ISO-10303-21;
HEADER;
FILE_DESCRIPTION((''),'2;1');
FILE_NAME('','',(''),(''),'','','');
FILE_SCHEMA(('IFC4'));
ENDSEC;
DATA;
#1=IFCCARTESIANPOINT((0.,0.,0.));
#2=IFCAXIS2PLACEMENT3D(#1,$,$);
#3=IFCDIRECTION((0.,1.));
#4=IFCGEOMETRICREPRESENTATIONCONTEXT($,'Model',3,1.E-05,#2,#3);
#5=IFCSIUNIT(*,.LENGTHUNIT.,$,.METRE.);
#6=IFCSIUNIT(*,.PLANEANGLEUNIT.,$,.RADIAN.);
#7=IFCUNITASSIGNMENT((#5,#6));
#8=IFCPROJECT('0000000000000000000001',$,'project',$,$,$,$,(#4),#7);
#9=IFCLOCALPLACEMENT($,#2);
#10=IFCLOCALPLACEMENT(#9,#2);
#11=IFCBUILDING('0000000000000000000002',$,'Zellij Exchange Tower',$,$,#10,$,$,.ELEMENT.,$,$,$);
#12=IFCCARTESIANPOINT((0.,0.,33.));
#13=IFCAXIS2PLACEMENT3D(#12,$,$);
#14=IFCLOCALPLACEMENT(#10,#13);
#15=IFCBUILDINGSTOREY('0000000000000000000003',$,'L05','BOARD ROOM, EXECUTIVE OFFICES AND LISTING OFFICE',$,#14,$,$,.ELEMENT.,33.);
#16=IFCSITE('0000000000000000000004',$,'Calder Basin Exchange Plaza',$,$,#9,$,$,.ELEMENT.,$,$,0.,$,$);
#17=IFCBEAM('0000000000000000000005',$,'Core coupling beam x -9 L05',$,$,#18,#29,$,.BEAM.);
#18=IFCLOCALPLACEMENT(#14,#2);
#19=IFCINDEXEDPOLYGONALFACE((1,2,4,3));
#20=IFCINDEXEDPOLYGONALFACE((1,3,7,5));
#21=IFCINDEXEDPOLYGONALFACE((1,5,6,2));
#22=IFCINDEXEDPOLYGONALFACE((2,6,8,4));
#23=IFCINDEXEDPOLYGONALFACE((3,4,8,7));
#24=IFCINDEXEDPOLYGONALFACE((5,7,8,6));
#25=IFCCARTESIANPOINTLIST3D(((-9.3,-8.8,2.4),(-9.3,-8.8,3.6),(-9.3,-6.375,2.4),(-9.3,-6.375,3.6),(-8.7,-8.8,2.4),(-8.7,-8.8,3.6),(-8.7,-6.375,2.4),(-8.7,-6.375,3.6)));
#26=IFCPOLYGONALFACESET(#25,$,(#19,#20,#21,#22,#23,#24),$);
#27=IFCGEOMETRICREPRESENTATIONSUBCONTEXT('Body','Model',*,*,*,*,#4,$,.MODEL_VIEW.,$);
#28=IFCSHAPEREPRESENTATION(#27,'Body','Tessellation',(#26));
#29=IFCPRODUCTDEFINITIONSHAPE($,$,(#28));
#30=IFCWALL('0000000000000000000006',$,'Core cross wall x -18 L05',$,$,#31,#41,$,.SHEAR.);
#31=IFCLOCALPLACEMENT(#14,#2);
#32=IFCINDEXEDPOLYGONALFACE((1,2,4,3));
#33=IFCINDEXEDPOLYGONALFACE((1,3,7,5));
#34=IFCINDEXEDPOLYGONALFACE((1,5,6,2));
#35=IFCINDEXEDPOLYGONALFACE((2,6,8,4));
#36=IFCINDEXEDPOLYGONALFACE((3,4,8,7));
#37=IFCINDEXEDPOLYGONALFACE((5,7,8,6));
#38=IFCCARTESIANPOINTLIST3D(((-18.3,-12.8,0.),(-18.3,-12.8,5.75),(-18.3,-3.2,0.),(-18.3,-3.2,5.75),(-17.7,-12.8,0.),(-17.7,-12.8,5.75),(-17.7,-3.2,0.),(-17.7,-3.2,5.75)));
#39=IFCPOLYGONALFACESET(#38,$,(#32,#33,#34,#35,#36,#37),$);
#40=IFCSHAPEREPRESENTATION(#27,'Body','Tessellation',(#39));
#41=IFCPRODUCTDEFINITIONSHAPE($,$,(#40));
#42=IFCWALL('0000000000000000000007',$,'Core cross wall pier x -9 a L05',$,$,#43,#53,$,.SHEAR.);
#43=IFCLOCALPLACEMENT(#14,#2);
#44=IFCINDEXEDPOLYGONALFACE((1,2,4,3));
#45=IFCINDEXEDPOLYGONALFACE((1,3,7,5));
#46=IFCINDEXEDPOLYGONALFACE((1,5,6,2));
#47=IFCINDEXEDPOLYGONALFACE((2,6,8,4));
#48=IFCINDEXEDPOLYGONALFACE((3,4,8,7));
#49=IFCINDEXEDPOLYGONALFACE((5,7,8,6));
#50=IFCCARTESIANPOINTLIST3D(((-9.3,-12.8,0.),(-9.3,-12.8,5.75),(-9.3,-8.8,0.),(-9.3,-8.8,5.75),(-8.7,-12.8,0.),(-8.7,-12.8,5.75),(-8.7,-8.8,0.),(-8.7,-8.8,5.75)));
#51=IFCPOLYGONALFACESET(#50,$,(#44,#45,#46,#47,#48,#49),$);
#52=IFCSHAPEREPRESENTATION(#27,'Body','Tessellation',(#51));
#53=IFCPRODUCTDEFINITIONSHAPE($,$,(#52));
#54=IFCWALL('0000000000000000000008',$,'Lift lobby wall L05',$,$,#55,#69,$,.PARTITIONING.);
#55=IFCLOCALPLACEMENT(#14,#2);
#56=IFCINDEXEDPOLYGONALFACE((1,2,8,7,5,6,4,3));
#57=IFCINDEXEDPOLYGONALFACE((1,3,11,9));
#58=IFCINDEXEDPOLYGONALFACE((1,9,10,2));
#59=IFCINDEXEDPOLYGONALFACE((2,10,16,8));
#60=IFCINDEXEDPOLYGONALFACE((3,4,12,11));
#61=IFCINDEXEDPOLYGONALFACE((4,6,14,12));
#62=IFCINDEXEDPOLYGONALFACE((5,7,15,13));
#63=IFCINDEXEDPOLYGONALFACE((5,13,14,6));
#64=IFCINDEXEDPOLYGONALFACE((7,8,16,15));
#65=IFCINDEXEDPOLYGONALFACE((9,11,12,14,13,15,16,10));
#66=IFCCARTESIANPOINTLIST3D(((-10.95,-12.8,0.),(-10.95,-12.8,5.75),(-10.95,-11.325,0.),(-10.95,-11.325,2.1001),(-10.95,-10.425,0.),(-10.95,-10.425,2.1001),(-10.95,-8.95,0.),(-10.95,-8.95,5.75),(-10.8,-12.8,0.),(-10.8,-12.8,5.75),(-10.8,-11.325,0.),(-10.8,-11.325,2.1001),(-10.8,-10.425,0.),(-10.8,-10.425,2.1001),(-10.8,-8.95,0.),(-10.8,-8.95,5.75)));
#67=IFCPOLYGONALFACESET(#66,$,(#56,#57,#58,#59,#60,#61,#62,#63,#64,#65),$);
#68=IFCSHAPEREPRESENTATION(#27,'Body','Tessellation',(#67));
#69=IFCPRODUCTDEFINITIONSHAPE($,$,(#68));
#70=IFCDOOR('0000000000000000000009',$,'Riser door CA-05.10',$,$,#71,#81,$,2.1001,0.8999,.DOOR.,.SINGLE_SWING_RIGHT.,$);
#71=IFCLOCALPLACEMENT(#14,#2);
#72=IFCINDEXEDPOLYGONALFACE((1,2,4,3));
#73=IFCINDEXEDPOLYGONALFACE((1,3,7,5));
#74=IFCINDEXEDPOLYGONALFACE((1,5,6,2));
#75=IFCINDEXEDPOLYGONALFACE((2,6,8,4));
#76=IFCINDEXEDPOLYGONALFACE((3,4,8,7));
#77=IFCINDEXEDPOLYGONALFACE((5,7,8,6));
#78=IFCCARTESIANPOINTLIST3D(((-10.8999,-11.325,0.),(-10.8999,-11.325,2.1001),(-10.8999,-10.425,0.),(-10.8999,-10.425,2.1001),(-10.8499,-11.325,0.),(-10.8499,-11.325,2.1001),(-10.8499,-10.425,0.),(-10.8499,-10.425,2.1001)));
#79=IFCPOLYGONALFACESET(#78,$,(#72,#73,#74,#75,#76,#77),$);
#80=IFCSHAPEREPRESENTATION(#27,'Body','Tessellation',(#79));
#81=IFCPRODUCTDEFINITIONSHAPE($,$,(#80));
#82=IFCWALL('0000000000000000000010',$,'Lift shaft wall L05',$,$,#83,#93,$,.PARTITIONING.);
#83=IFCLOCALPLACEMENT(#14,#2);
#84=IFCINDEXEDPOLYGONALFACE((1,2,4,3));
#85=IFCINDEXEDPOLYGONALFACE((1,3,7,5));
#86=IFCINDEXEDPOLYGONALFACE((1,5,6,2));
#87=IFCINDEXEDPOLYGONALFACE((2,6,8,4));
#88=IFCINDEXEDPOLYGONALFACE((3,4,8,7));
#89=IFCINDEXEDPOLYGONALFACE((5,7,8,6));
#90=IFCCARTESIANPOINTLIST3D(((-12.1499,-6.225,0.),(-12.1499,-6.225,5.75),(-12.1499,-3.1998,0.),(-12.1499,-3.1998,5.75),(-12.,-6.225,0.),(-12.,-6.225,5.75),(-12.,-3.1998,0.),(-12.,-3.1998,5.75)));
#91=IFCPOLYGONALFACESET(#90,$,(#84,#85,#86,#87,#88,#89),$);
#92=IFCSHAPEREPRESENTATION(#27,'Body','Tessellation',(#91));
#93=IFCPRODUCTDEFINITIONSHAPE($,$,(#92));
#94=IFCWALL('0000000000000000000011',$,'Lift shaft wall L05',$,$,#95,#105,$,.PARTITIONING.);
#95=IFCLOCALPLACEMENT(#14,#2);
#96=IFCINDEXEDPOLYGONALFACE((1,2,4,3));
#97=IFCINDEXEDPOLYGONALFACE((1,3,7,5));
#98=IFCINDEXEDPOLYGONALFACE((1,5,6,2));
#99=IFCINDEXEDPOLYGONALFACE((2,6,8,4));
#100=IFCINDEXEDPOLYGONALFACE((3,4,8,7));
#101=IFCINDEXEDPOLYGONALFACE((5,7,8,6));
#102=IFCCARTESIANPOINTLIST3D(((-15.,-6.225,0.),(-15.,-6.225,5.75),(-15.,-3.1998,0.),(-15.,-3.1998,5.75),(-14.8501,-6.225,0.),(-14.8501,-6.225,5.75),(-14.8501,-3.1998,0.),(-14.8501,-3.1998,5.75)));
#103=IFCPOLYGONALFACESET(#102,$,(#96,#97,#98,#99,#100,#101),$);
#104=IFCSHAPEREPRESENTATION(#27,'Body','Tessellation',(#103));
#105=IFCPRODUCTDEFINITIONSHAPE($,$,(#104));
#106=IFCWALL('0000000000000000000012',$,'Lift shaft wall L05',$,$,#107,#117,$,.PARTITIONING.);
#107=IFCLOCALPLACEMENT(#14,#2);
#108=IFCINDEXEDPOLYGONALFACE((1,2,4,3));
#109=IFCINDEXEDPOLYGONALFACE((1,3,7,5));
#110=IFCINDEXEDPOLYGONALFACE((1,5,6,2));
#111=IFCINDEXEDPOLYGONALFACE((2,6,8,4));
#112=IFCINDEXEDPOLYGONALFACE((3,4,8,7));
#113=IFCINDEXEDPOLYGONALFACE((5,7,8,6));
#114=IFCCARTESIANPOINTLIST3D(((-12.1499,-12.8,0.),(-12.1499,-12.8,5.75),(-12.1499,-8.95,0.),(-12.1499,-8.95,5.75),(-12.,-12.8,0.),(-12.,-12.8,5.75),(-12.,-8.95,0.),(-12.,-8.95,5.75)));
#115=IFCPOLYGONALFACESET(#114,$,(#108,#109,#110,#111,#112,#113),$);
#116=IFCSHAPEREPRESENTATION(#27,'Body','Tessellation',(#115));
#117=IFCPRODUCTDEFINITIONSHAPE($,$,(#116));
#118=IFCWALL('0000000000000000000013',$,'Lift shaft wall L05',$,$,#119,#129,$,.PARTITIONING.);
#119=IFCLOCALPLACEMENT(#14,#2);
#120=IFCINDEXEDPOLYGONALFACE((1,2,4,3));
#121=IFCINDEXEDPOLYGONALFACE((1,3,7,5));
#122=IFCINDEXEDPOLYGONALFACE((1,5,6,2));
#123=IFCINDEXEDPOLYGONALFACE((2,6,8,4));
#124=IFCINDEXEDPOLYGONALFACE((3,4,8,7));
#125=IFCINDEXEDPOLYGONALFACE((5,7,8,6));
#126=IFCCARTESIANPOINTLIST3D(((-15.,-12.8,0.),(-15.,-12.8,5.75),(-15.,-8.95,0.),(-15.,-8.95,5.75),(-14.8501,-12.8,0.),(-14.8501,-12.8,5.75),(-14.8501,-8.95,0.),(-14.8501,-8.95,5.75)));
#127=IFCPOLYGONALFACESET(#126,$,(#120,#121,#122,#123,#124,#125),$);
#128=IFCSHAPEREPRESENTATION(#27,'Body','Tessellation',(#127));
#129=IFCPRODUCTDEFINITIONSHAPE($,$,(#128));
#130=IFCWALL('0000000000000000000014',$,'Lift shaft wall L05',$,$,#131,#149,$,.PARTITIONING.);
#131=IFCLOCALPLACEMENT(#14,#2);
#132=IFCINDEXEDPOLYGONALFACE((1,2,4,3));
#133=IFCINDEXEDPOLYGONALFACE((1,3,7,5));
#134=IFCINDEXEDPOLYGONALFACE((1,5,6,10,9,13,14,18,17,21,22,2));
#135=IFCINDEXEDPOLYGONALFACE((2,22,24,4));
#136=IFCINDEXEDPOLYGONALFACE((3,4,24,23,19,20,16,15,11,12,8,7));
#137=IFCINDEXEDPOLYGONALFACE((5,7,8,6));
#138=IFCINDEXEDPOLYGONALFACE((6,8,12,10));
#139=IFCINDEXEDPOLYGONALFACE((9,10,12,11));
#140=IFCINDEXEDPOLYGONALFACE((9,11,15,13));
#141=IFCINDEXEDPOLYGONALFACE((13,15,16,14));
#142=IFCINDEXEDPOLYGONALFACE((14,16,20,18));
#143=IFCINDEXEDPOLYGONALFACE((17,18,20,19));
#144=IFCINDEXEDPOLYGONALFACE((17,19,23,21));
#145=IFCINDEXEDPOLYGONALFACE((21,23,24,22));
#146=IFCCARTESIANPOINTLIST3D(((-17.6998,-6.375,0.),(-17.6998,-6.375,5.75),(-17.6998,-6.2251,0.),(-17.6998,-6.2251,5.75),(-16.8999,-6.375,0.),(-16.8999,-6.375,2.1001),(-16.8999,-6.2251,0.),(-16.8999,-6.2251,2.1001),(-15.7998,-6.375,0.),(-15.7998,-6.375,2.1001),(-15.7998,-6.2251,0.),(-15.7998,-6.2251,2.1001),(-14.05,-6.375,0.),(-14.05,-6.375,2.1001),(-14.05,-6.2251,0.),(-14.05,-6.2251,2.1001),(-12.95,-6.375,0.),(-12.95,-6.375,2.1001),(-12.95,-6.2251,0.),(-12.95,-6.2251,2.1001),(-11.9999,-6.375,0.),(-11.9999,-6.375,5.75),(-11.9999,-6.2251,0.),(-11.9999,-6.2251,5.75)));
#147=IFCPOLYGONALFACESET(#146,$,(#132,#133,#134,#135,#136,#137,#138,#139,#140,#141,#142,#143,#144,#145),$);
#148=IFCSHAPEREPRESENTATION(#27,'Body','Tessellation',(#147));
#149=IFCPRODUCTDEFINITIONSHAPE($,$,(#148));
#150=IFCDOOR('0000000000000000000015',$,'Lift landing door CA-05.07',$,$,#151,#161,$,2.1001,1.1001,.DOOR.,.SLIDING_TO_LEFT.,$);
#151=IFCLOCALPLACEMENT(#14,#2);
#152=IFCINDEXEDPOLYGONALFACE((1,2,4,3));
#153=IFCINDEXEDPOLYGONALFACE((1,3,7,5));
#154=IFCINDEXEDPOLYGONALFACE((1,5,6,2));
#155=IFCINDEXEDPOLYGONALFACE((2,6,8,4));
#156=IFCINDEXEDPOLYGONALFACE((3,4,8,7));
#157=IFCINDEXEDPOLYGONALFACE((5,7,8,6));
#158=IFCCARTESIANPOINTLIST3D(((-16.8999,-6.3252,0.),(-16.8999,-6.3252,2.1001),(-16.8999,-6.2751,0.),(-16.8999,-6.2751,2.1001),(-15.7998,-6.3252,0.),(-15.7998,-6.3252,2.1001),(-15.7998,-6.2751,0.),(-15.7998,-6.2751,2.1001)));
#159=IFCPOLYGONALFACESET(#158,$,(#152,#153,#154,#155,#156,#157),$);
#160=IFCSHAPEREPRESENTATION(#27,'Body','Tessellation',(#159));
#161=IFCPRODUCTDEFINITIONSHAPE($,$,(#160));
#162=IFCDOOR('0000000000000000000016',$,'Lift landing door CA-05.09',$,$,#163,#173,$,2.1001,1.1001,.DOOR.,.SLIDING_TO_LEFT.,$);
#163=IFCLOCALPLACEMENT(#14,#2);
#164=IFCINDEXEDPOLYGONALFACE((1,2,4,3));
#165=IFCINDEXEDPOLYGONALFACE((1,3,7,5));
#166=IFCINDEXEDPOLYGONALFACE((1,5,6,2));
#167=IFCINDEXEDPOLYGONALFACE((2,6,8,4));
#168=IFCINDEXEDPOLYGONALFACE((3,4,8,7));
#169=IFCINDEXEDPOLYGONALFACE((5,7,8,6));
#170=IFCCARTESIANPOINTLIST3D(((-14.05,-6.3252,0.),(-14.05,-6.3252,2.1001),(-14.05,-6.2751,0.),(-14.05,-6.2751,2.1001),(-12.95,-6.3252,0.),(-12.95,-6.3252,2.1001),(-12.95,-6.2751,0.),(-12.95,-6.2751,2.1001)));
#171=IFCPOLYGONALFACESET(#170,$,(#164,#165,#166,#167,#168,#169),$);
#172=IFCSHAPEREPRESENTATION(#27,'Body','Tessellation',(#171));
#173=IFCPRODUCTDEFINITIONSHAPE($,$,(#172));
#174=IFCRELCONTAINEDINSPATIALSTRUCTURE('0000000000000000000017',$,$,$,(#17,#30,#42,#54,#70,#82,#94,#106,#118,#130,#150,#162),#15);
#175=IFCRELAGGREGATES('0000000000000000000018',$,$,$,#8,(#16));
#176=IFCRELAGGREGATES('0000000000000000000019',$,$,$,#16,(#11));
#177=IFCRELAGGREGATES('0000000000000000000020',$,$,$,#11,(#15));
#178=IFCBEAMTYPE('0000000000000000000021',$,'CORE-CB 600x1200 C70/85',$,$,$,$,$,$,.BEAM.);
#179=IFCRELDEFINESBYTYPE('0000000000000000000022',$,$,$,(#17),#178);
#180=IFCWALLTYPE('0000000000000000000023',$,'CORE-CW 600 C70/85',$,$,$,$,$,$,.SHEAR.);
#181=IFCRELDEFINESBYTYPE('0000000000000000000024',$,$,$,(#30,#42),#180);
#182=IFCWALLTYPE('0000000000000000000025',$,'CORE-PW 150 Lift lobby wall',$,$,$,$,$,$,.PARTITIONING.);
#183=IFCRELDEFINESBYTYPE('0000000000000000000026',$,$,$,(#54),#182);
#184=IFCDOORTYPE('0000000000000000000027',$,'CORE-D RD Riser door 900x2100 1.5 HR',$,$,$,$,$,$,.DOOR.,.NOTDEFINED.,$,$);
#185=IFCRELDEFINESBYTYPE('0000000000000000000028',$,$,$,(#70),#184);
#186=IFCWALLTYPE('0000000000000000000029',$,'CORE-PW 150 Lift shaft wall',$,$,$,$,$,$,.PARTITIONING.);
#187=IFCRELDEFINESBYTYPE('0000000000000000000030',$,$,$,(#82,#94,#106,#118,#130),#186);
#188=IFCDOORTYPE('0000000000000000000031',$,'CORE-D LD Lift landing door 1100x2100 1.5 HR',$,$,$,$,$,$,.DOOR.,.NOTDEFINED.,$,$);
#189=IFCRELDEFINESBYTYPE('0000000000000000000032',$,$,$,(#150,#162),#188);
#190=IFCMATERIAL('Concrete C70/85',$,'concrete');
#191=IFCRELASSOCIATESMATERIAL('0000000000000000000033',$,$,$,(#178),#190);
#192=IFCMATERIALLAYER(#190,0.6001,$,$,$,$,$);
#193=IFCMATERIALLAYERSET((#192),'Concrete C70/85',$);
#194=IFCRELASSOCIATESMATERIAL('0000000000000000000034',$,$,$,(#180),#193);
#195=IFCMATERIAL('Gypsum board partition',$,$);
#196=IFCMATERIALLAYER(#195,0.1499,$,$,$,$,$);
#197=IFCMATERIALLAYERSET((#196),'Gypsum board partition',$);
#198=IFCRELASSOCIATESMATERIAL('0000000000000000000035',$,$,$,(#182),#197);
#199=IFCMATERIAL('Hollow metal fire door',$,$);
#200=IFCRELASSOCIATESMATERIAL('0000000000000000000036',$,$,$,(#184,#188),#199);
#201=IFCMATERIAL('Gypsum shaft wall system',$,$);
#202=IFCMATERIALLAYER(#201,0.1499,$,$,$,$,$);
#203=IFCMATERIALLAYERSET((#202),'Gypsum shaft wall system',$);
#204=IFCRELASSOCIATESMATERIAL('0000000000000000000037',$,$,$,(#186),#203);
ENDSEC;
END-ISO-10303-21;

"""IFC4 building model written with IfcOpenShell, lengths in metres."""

from ifc_helpers import new_model, si_unit, direction, frame, frame_2d, origin, origin_2d, place, context, subcontext, project, spatial, rectangle, extrude, material, layer, layer_set, material_profile, profile_set, type_object, element, fill, save


model = new_model("IFC4")

# Units and contexts
model_context = context("Model", 3, precision=1e-05, world=origin(), true_north=direction((0.0, 1.0)))
body_context = subcontext(model_context, "Body", "Model", "MODEL_VIEW")
ifc_project = project(units=[si_unit("LENGTHUNIT", "METRE"), si_unit("PLANEANGLEUNIT", "RADIAN")], contexts=[model_context])

# Site, building, storey
site_placement = place(None, origin())
site = spatial("IfcSite", under=ifc_project, at=site_placement, Name="Calder Basin Exchange Plaza", CompositionType="ELEMENT", RefElevation=0.0)
building_placement = place(site_placement, origin())
building = spatial("IfcBuilding", under=site, at=building_placement, Name="Zellij Exchange Tower", CompositionType="ELEMENT")
storey_placement = place(building_placement, frame((0.0, 0.0, 33.0)))
storey = spatial("IfcBuildingStorey", under=building, at=storey_placement, Name="L05", Description="BOARD ROOM, EXECUTIVE OFFICES AND LISTING OFFICE", CompositionType="ELEMENT", Elevation=33.0)

# Beam
ifc_material_1 = material(Name="Concrete C70/85", Category="concrete")
ifc_material_profile = material_profile(ifc_material_1, rectangle(XDim=0.6001, YDim=1.2, at=origin_2d()), Name="CORE-CB 600x1200 C70/85")
ifc_profile_set = profile_set([ifc_material_profile], Name="Concrete C70/85")
beam_type = type_object("IfcBeamType", Name="CORE-CB 600x1200 C70/85", PredefinedType="BEAM", material=ifc_profile_set)
beam_placement = place(storey_placement, frame((-9.0, -8.8, 3.0), z_axis=(0.0, 1.0, 0.0), x_axis=(-1.0, 0.0, 0.0)))
element("IfcBeam", 1, at=beam_placement, inside=storey, type_object=beam_type, Name="Core coupling beam x -9 L05", PredefinedType="BEAM", context=body_context, shape_type="SweptSolid", body=[
    extrude(rectangle(XDim=0.6001, YDim=1.2, at=origin_2d()), origin(), (0.0, 0.0, 1.0), 2.425),
])

# Walls
ifc_layer_1 = layer(ifc_material_1, 0.6001)
ifc_layer_set_1 = layer_set([ifc_layer_1], Name="Concrete C70/85")
wall_type_1 = type_object("IfcWallType", Name="CORE-CW 600 C70/85", PredefinedType="SHEAR", material=ifc_layer_set_1)
wall_1_placement = place(storey_placement, frame((-18.0, -12.8, 0.0), z_axis=(0.0, 0.0, 1.0), x_axis=(0.0, 1.0, 0.0)))
element("IfcWall", 2, at=wall_1_placement, inside=storey, type_object=wall_type_1, Name="Core cross wall x -18 L05", PredefinedType="SHEAR", context=body_context, shape_type="SweptSolid", body=[
    extrude(rectangle(XDim=9.6001, YDim=0.6001, at=frame_2d((4.8, 0.0))), origin(), (0.0, 0.0, 1.0), 5.75),
])
wall_2_placement = place(storey_placement, frame((-9.0, -12.8, 0.0), z_axis=(0.0, 0.0, 1.0), x_axis=(0.0, 1.0, 0.0)))
element("IfcWall", 3, at=wall_2_placement, inside=storey, type_object=wall_type_1, Name="Core cross wall pier x -9 a L05", PredefinedType="SHEAR", context=body_context, shape_type="SweptSolid", body=[
    extrude(rectangle(XDim=4.0, YDim=0.6001, at=frame_2d((2.0, 0.0))), origin(), (0.0, 0.0, 1.0), 5.75),
])

# Wall, opening, door
ifc_material_2 = material(Name="Gypsum board partition")
ifc_layer_2 = layer(ifc_material_2, 0.1499)
ifc_layer_set_2 = layer_set([ifc_layer_2], Name="Gypsum board partition")
wall_type_2 = type_object("IfcWallType", Name="CORE-PW 150 Lift lobby wall", PredefinedType="PARTITIONING", material=ifc_layer_set_2)
wall_3_placement = place(storey_placement, frame((-10.875, -12.8, 0.0), z_axis=(0.0, 0.0, 1.0), x_axis=(0.0, 1.0, 0.0)))
wall_3 = element("IfcWall", 4, at=wall_3_placement, inside=storey, type_object=wall_type_2, Name="Lift lobby wall L05", PredefinedType="PARTITIONING", context=body_context, shape_type="SweptSolid", body=[
    extrude(rectangle(XDim=3.8501, YDim=0.1499, at=frame_2d((1.925, 0.0))), origin(), (0.0, 0.0, 1.0), 5.75),
])
opening_1_placement = place(wall_3_placement, frame((1.4751, 0.0, 0.0)))
opening_1 = element("IfcOpeningElement", 5, at=opening_1_placement, cuts=wall_3, PredefinedType="OPENING", context=body_context, shape_type="SweptSolid", body=[
    extrude(rectangle(XDim=0.8999, YDim=2.1001, at=frame_2d((0.45, 1.05))), frame((0.0, 0.0869, 0.0), z_axis=(0.0, -1.0, 0.0), x_axis=(1.0, 0.0, 0.0)), (0.0, 0.0, 1.0), 0.1738),
])
ifc_material_3 = material(Name="Hollow metal fire door")
door_type_1 = type_object("IfcDoorType", Name="CORE-D RD Riser door 900x2100 1.5 HR", OperationType="NOTDEFINED", PredefinedType="DOOR", material=ifc_material_3)
door_1_placement = place(opening_1_placement, origin())
door_1 = element("IfcDoor", 6, at=door_1_placement, inside=storey, type_object=door_type_1, Name="Riser door CA-05.10", OperationType="SINGLE_SWING_RIGHT", OverallHeight=2.1001, OverallWidth=0.8999, PredefinedType="DOOR", context=body_context, shape_type="SweptSolid", body=[
    extrude(rectangle(XDim=0.8999, YDim=2.1001, at=frame_2d((0.45, 1.05))), frame((0.0, 0.0249, 0.0), z_axis=(0.0, -1.0, 0.0), x_axis=(1.0, 0.0, 0.0)), (0.0, 0.0, 1.0), 0.05),
])
fill(opening_1, door_1)

# Walls
ifc_material_4 = material(Name="Gypsum shaft wall system")
ifc_layer_3 = layer(ifc_material_4, 0.1499)
ifc_layer_set_3 = layer_set([ifc_layer_3], Name="Gypsum shaft wall system")
wall_type_3 = type_object("IfcWallType", Name="CORE-PW 150 Lift shaft wall", PredefinedType="PARTITIONING", material=ifc_layer_set_3)
for number, where, z_axis, x_axis, name in (
    (7, (-12.075, -6.2251, 0.0), (0.0, 0.0, 1.0), (0.0, 1.0, 0.0), "Lift shaft wall L05"),
    (8, (-14.925, -6.2251, 0.0), (0.0, 0.0, 1.0), (0.0, 1.0, 0.0), "Lift shaft wall L05"),
):
    element("IfcWall", number, at=place(storey_placement, frame(where, z_axis=z_axis, x_axis=x_axis)), inside=storey, type_object=wall_type_3, Name=name, PredefinedType="PARTITIONING", context=body_context, shape_type="SweptSolid", body=[
        extrude(rectangle(XDim=3.0251, YDim=0.1499, at=frame_2d((1.5127, 0.0))), origin(), (0.0, 0.0, 1.0), 5.75),
    ])
for number, where, z_axis, x_axis, name in (
    (9, (-12.075, -12.8, 0.0), (0.0, 0.0, 1.0), (0.0, 1.0, 0.0), "Lift shaft wall L05"),
    (10, (-14.925, -12.8, 0.0), (0.0, 0.0, 1.0), (0.0, 1.0, 0.0), "Lift shaft wall L05"),
):
    element("IfcWall", number, at=place(storey_placement, frame(where, z_axis=z_axis, x_axis=x_axis)), inside=storey, type_object=wall_type_3, Name=name, PredefinedType="PARTITIONING", context=body_context, shape_type="SweptSolid", body=[
        extrude(rectangle(XDim=3.8501, YDim=0.1499, at=frame_2d((1.925, 0.0))), origin(), (0.0, 0.0, 1.0), 5.75),
    ])

# Wall, openings, doors
wall_4_placement = place(storey_placement, frame((-17.7, -6.3, 0.0), z_axis=(0.0, 0.0, 1.0), x_axis=(1.0, 0.0, 0.0)))
wall_4 = element("IfcWall", 11, at=wall_4_placement, inside=storey, type_object=wall_type_3, Name="Lift shaft wall L05", PredefinedType="PARTITIONING", context=body_context, shape_type="SweptSolid", body=[
    extrude(rectangle(XDim=5.7, YDim=0.1499, at=frame_2d((2.8501, 0.0))), origin(), (0.0, 0.0, 1.0), 5.75),
])
opening_2_placement = place(wall_4_placement, frame((0.8, 0.0, 0.0)))
opening_2 = element("IfcOpeningElement", 12, at=opening_2_placement, cuts=wall_4, PredefinedType="OPENING", context=body_context, shape_type="SweptSolid", body=[
    extrude(rectangle(XDim=1.1001, YDim=2.1001, at=frame_2d((0.55, 1.05))), frame((0.0, 0.0869, 0.0), z_axis=(0.0, -1.0, 0.0), x_axis=(1.0, 0.0, 0.0)), (0.0, 0.0, 1.0), 0.1738),
])
opening_3_placement = place(wall_4_placement, frame((3.6499, 0.0, 0.0)))
opening_3 = element("IfcOpeningElement", 13, at=opening_3_placement, cuts=wall_4, PredefinedType="OPENING", context=body_context, shape_type="SweptSolid", body=[
    extrude(rectangle(XDim=1.1001, YDim=2.1001, at=frame_2d((0.55, 1.05))), frame((0.0, 0.0869, 0.0), z_axis=(0.0, -1.0, 0.0), x_axis=(1.0, 0.0, 0.0)), (0.0, 0.0, 1.0), 0.1738),
])
door_type_2 = type_object("IfcDoorType", Name="CORE-D LD Lift landing door 1100x2100 1.5 HR", OperationType="NOTDEFINED", PredefinedType="DOOR", material=ifc_material_3)
door_2_placement = place(opening_2_placement, origin())
door_2 = element("IfcDoor", 14, at=door_2_placement, inside=storey, type_object=door_type_2, Name="Lift landing door CA-05.07", OperationType="SLIDING_TO_LEFT", OverallHeight=2.1001, OverallWidth=1.1001, PredefinedType="DOOR", context=body_context, shape_type="SweptSolid", body=[
    extrude(rectangle(XDim=1.1001, YDim=2.1001, at=frame_2d((0.55, 1.05))), frame((0.0, 0.0249, 0.0), z_axis=(0.0, -1.0, 0.0), x_axis=(1.0, 0.0, 0.0)), (0.0, 0.0, 1.0), 0.05),
])
fill(opening_2, door_2)
door_3_placement = place(opening_3_placement, origin())
door_3 = element("IfcDoor", 15, at=door_3_placement, inside=storey, type_object=door_type_2, Name="Lift landing door CA-05.09", OperationType="SLIDING_TO_LEFT", OverallHeight=2.1001, OverallWidth=1.1001, PredefinedType="DOOR", context=body_context, shape_type="SweptSolid", body=[
    extrude(rectangle(XDim=1.1001, YDim=2.1001, at=frame_2d((0.55, 1.05))), frame((0.0, 0.0249, 0.0), z_axis=(0.0, -1.0, 0.0), x_axis=(1.0, 0.0, 0.0)), (0.0, 0.0, 1.0), 0.05),
])
fill(opening_3, door_3)

save(model, "model.ifc")
